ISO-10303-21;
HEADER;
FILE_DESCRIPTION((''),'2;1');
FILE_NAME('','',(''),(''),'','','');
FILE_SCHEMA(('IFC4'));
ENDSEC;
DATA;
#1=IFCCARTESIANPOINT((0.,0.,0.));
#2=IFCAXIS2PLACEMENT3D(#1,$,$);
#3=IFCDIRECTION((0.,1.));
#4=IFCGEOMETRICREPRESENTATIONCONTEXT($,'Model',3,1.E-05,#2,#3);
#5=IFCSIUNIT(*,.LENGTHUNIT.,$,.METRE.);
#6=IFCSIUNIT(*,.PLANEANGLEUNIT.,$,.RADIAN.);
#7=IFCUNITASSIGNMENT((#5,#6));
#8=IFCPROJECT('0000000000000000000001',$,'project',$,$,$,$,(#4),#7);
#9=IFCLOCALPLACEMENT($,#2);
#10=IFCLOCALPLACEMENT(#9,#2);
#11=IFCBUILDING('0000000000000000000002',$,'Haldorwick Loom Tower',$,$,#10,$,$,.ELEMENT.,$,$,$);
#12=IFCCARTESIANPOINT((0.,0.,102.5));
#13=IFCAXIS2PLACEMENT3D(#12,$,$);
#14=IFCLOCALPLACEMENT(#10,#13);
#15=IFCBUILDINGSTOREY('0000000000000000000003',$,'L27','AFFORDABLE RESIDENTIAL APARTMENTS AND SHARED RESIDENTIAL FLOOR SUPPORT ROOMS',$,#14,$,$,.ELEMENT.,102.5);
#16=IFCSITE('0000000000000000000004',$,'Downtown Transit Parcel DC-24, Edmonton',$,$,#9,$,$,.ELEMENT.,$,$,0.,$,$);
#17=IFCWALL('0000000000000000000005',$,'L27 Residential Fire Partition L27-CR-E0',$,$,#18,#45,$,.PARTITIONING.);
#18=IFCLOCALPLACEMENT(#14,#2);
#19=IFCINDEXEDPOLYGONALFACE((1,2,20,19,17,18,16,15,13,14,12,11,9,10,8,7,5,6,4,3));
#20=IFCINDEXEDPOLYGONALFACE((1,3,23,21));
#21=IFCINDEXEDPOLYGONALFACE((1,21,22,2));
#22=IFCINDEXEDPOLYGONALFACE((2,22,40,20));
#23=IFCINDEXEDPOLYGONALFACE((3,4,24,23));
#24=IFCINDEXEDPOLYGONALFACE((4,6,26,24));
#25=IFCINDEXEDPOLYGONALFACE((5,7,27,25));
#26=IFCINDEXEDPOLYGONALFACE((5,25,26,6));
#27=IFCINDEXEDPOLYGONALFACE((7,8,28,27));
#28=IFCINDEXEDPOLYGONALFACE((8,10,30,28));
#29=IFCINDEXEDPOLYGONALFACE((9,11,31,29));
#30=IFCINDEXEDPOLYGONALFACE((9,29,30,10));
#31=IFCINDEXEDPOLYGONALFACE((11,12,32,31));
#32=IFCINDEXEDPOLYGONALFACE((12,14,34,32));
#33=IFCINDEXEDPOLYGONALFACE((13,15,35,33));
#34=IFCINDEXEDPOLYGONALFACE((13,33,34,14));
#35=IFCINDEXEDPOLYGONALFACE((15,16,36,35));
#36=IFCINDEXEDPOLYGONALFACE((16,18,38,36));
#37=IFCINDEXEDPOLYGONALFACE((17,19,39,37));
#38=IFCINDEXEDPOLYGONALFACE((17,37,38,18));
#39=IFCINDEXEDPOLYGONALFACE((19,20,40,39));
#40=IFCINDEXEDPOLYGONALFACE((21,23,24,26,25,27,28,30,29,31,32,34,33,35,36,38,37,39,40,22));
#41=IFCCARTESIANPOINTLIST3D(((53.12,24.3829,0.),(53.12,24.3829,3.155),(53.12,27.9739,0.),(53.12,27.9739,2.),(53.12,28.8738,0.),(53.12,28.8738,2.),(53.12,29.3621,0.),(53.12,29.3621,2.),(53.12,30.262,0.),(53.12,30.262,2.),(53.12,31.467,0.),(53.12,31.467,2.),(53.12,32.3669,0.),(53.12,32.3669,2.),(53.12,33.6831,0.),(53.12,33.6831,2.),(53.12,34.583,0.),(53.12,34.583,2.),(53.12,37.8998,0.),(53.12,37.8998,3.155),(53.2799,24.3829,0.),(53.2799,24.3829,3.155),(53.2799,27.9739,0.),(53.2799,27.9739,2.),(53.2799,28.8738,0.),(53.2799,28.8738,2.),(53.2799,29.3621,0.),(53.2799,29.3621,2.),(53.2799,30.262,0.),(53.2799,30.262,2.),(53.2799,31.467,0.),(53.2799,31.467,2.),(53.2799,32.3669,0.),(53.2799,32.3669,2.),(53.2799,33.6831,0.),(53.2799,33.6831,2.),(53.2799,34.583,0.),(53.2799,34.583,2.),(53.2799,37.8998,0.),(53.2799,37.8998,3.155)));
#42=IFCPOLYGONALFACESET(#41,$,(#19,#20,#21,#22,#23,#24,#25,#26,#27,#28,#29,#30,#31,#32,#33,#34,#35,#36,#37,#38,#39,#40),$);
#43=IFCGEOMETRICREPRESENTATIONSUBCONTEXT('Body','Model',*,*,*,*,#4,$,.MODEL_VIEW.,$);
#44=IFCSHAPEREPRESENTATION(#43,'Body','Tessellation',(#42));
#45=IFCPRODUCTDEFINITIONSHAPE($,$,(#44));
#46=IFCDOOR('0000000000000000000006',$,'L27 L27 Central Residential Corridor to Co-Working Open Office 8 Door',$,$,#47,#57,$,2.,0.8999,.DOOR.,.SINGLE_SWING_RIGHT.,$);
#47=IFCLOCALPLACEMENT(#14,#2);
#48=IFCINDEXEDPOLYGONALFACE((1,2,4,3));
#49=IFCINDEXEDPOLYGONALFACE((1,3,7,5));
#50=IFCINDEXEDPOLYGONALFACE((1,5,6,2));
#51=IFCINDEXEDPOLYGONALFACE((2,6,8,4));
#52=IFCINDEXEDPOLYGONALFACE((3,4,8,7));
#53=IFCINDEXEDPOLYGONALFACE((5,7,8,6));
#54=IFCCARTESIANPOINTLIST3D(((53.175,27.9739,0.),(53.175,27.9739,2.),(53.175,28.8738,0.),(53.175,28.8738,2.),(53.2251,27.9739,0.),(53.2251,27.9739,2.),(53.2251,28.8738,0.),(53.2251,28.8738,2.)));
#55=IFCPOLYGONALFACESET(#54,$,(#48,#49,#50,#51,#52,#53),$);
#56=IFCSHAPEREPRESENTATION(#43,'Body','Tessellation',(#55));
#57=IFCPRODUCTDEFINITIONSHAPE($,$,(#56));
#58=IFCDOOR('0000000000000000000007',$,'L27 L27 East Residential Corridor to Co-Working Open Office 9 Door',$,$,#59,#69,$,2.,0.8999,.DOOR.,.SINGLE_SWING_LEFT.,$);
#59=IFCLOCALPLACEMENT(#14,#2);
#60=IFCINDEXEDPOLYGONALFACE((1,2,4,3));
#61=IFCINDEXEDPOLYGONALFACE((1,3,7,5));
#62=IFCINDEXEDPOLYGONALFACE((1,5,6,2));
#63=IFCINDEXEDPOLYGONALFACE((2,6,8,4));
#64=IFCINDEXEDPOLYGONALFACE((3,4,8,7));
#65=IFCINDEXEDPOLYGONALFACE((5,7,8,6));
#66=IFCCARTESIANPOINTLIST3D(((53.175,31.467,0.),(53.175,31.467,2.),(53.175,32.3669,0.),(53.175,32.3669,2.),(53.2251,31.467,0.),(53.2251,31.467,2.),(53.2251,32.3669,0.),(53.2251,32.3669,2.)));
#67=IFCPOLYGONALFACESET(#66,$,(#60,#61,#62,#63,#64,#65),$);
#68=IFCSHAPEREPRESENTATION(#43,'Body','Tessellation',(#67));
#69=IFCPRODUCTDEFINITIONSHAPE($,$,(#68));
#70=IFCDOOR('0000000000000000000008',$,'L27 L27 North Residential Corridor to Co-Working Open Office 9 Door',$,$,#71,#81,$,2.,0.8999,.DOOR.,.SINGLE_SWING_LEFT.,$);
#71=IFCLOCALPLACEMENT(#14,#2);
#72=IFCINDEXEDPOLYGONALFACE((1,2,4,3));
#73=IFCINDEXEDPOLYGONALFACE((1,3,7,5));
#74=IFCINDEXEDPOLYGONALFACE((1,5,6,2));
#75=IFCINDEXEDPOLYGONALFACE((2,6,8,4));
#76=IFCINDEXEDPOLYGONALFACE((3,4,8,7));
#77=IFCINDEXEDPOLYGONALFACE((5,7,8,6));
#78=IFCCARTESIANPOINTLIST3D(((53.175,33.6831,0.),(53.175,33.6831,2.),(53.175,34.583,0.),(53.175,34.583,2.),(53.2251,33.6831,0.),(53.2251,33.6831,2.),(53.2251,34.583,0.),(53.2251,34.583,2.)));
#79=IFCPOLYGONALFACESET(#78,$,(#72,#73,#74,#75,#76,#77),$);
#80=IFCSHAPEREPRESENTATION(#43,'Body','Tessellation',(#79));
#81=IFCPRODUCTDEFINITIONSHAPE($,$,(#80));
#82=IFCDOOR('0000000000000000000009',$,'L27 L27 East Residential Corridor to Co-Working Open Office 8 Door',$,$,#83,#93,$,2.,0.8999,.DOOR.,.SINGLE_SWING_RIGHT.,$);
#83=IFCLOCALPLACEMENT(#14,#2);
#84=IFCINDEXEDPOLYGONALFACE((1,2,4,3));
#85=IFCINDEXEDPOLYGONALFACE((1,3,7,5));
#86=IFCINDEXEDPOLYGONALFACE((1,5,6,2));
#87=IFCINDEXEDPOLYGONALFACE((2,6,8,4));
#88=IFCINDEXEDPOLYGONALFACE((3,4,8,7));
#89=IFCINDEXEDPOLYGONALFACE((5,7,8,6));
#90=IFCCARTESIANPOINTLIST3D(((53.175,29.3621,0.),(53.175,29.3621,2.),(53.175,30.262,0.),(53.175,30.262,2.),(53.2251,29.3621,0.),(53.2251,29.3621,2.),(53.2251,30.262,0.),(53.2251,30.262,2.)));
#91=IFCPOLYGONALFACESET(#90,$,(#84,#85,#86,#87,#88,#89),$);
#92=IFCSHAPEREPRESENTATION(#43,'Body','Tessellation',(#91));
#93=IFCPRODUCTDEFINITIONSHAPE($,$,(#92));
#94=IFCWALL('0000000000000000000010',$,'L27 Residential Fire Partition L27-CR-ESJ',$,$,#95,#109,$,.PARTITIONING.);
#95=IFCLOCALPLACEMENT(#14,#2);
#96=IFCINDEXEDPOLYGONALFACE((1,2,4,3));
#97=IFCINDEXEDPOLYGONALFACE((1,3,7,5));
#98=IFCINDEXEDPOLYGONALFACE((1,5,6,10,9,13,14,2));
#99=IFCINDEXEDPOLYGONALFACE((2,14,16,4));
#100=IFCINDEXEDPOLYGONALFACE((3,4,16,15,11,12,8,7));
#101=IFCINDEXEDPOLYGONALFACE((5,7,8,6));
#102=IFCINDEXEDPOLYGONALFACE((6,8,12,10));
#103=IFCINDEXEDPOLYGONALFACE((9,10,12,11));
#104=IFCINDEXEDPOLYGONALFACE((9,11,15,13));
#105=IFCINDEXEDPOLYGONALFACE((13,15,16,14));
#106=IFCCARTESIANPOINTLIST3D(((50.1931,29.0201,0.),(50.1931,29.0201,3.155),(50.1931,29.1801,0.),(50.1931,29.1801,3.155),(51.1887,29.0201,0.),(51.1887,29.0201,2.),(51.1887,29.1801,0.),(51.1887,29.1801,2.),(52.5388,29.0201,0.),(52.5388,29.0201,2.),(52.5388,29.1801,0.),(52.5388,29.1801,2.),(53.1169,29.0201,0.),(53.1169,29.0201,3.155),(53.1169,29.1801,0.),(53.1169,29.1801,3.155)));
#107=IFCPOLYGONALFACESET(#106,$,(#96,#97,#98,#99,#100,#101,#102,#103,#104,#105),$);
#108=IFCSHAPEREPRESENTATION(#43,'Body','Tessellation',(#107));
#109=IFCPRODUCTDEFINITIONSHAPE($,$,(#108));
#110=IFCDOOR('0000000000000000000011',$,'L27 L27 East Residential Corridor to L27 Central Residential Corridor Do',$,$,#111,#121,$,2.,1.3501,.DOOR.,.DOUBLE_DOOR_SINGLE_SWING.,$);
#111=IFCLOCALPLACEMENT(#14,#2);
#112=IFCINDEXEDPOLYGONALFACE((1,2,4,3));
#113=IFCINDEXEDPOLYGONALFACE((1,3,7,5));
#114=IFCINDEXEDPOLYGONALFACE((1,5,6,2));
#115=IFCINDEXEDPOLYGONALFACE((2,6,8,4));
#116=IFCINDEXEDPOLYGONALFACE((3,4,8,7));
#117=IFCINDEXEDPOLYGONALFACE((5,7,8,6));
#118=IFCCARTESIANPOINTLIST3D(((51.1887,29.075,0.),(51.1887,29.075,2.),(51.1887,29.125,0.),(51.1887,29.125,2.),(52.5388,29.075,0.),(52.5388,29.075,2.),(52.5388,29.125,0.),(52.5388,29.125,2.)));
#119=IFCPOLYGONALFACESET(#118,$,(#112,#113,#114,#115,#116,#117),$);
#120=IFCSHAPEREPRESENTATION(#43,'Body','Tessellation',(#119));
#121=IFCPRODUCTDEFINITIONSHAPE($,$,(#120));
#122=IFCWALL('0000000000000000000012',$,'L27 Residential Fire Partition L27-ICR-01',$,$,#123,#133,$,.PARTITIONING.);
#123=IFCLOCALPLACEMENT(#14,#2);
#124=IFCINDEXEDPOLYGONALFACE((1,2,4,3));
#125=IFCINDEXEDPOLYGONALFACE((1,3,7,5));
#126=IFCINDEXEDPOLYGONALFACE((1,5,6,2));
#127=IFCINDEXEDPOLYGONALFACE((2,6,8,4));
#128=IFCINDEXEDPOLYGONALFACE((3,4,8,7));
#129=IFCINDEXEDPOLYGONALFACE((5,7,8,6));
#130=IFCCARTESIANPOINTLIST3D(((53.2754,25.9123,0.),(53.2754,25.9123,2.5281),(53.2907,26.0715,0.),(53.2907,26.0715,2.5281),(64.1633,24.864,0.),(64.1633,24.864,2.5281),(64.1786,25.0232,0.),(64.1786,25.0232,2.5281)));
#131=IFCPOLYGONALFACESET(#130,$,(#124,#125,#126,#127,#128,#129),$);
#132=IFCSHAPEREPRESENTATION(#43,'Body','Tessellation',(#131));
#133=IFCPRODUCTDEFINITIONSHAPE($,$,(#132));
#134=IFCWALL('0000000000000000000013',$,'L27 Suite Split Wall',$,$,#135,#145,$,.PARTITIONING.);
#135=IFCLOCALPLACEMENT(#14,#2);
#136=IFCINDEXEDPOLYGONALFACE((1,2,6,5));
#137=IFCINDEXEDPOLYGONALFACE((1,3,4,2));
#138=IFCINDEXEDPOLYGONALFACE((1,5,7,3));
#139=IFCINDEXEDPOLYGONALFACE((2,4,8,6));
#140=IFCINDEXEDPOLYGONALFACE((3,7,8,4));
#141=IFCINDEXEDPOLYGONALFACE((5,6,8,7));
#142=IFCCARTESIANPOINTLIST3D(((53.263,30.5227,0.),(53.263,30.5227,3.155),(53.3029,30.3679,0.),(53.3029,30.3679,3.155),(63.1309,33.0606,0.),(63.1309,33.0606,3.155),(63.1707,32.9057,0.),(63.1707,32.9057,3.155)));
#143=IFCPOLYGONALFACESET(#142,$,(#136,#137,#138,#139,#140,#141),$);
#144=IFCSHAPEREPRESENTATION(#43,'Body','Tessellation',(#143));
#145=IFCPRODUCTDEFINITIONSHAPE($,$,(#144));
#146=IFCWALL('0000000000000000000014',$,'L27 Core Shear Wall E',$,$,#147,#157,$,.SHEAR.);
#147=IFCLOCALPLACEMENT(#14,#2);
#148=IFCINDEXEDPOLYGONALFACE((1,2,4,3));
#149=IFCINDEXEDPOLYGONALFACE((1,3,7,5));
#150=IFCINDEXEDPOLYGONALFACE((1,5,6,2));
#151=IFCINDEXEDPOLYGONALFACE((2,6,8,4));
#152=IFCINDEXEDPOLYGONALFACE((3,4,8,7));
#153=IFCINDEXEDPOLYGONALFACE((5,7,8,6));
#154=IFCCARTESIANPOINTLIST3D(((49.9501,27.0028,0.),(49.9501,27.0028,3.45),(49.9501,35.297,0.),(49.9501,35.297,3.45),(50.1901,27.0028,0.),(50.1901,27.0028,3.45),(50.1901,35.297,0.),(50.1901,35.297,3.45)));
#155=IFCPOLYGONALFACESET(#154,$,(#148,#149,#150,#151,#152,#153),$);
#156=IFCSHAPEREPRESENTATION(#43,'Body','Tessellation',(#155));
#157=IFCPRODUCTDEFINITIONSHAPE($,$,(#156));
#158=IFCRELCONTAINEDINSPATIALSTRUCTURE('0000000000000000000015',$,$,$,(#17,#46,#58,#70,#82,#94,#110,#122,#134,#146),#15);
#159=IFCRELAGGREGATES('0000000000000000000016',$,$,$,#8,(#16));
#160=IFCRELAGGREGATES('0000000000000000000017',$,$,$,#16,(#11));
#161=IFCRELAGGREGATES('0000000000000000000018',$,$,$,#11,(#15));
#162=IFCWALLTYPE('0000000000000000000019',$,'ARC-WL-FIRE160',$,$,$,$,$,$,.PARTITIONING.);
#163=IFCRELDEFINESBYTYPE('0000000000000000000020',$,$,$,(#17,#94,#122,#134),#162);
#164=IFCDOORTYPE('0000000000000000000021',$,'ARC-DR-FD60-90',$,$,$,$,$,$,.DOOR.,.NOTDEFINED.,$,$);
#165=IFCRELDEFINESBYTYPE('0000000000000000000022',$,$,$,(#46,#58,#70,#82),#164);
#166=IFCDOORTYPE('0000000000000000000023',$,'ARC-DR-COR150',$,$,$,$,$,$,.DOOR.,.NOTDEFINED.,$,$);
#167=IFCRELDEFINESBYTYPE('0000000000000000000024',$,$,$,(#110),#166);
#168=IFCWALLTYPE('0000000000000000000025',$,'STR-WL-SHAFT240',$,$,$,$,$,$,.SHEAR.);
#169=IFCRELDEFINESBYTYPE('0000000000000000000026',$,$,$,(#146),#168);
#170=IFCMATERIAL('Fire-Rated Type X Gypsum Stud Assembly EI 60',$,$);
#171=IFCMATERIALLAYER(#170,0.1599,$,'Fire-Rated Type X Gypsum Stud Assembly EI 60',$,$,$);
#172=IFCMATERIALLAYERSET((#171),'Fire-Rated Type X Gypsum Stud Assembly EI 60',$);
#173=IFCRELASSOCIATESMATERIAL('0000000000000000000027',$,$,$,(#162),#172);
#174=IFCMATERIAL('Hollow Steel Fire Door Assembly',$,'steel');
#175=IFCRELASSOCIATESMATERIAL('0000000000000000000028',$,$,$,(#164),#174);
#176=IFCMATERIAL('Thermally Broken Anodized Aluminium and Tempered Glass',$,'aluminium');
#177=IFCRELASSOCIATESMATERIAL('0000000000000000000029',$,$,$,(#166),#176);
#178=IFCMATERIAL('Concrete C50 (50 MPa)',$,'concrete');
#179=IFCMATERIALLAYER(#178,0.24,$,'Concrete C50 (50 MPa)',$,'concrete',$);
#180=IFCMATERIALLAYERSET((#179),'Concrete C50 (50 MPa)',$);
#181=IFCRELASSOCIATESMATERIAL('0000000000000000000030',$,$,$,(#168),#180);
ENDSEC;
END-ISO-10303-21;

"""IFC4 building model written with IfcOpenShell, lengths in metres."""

from ifc_helpers import new_model, si_unit, direction, frame, frame_2d, origin, place, context, subcontext, project, spatial, rectangle, extrude, material, layer, layer_set, type_object, element, fill, save


model = new_model("IFC4")

# Units and contexts
model_context = context("Model", 3, precision=1e-05, world=origin(), true_north=direction((0.0, 1.0)))
body_context = subcontext(model_context, "Body", "Model", "MODEL_VIEW")
ifc_project = project(units=[si_unit("LENGTHUNIT", "METRE"), si_unit("PLANEANGLEUNIT", "RADIAN")], contexts=[model_context])

# Site, building, storey
site_placement = place(None, origin())
site = spatial("IfcSite", under=ifc_project, at=site_placement, Name="Downtown Transit Parcel DC-24, Edmonton", CompositionType="ELEMENT", RefElevation=0.0)
building_placement = place(site_placement, origin())
building = spatial("IfcBuilding", under=site, at=building_placement, Name="Haldorwick Loom Tower", CompositionType="ELEMENT")
storey_placement = place(building_placement, frame((0.0, 0.0, 102.5)))
storey = spatial("IfcBuildingStorey", under=building, at=storey_placement, Name="L27", Description="AFFORDABLE RESIDENTIAL APARTMENTS AND SHARED RESIDENTIAL FLOOR SUPPORT ROOMS", CompositionType="ELEMENT", Elevation=102.5)

# Wall, openings, doors
ifc_material_1 = material(Name="Fire-Rated Type X Gypsum Stud Assembly EI 60")
ifc_layer_1 = layer(ifc_material_1, 0.1599, Name="Fire-Rated Type X Gypsum Stud Assembly EI 60")
ifc_layer_set_1 = layer_set([ifc_layer_1], Name="Fire-Rated Type X Gypsum Stud Assembly EI 60")
wall_type_1 = type_object("IfcWallType", Name="ARC-WL-FIRE160", PredefinedType="PARTITIONING", material=ifc_layer_set_1)
wall_1_placement = place(storey_placement, frame((53.2, 24.3831, 0.0), z_axis=(0.0, 0.0, 1.0), x_axis=(0.0, 1.0, 0.0)))
wall_1 = element("IfcWall", 1, at=wall_1_placement, inside=storey, type_object=wall_type_1, Name="L27 Residential Fire Partition L27-CR-E0", PredefinedType="PARTITIONING", context=body_context, shape_type="SweptSolid", body=[
    extrude(rectangle(XDim=13.5168, YDim=0.1599, at=frame_2d((6.7583, 0.0))), origin(), (0.0, 0.0, 1.0), 3.155),
])
opening_1_placement = place(wall_1_placement, frame((3.5908, 0.0, 0.0)))
opening_1 = element("IfcOpeningElement", 2, at=opening_1_placement, cuts=wall_1, PredefinedType="OPENING", context=body_context, shape_type="SweptSolid", body=[
    extrude(rectangle(XDim=0.8999, YDim=2.0, at=frame_2d((0.45, 1.0))), frame((0.0, 0.0898, 0.0), z_axis=(0.0, -1.0, 0.0), x_axis=(1.0, 0.0, 0.0)), (0.0, 0.0, 1.0), 0.1799),
])
opening_2_placement = place(wall_1_placement, frame((7.084, 0.0, 0.0)))
opening_2 = element("IfcOpeningElement", 3, at=opening_2_placement, cuts=wall_1, PredefinedType="OPENING", context=body_context, shape_type="SweptSolid", body=[
    extrude(rectangle(XDim=0.8999, YDim=2.0, at=frame_2d((0.45, 1.0))), frame((0.0, 0.0898, 0.0), z_axis=(0.0, -1.0, 0.0), x_axis=(1.0, 0.0, 0.0)), (0.0, 0.0, 1.0), 0.1799),
])
opening_3_placement = place(wall_1_placement, frame((9.3, 0.0, 0.0)))
opening_3 = element("IfcOpeningElement", 4, at=opening_3_placement, cuts=wall_1, PredefinedType="OPENING", context=body_context, shape_type="SweptSolid", body=[
    extrude(rectangle(XDim=0.8999, YDim=2.0, at=frame_2d((0.45, 1.0))), frame((0.0, 0.0898, 0.0), z_axis=(0.0, -1.0, 0.0), x_axis=(1.0, 0.0, 0.0)), (0.0, 0.0, 1.0), 0.1799),
])
opening_4_placement = place(wall_1_placement, frame((4.979, 0.0, 0.0)))
opening_4 = element("IfcOpeningElement", 5, at=opening_4_placement, cuts=wall_1, PredefinedType="OPENING", context=body_context, shape_type="SweptSolid", body=[
    extrude(rectangle(XDim=0.8999, YDim=2.0, at=frame_2d((0.45, 1.0))), frame((0.0, 0.0898, 0.0), z_axis=(0.0, -1.0, 0.0), x_axis=(1.0, 0.0, 0.0)), (0.0, 0.0, 1.0), 0.1799),
])
ifc_material_2 = material(Name="Hollow Steel Fire Door Assembly", Category="steel")
door_type_1 = type_object("IfcDoorType", Name="ARC-DR-FD60-90", OperationType="NOTDEFINED", PredefinedType="DOOR", material=ifc_material_2)
door_1_placement = place(opening_1_placement, origin())
door_1 = element("IfcDoor", 6, at=door_1_placement, inside=storey, type_object=door_type_1, Name="L27 L27 Central Residential Corridor to Co-Working Open Office 8 Door", OperationType="SINGLE_SWING_RIGHT", OverallHeight=2.0, OverallWidth=0.8999, PredefinedType="DOOR", context=body_context, shape_type="SweptSolid", body=[
    extrude(rectangle(XDim=0.8999, YDim=2.0, at=frame_2d((0.45, 1.0))), frame((0.0, 0.0249, 0.0), z_axis=(0.0, -1.0, 0.0), x_axis=(1.0, 0.0, 0.0)), (0.0, 0.0, 1.0), 0.05),
])
fill(opening_1, door_1)
door_2_placement = place(opening_2_placement, origin())
door_2 = element("IfcDoor", 7, at=door_2_placement, inside=storey, type_object=door_type_1, Name="L27 L27 East Residential Corridor to Co-Working Open Office 9 Door", OperationType="SINGLE_SWING_LEFT", OverallHeight=2.0, OverallWidth=0.8999, PredefinedType="DOOR", context=body_context, shape_type="SweptSolid", body=[
    extrude(rectangle(XDim=0.8999, YDim=2.0, at=frame_2d((0.45, 1.0))), frame((0.0, 0.0249, 0.0), z_axis=(0.0, -1.0, 0.0), x_axis=(1.0, 0.0, 0.0)), (0.0, 0.0, 1.0), 0.05),
])
fill(opening_2, door_2)
door_3_placement = place(opening_3_placement, origin())
door_3 = element("IfcDoor", 8, at=door_3_placement, inside=storey, type_object=door_type_1, Name="L27 L27 North Residential Corridor to Co-Working Open Office 9 Door", OperationType="SINGLE_SWING_LEFT", OverallHeight=2.0, OverallWidth=0.8999, PredefinedType="DOOR", context=body_context, shape_type="SweptSolid", body=[
    extrude(rectangle(XDim=0.8999, YDim=2.0, at=frame_2d((0.45, 1.0))), frame((0.0, 0.0249, 0.0), z_axis=(0.0, -1.0, 0.0), x_axis=(1.0, 0.0, 0.0)), (0.0, 0.0, 1.0), 0.05),
])
fill(opening_3, door_3)
door_4_placement = place(opening_4_placement, origin())
door_4 = element("IfcDoor", 9, at=door_4_placement, inside=storey, type_object=door_type_1, Name="L27 L27 East Residential Corridor to Co-Working Open Office 8 Door", OperationType="SINGLE_SWING_RIGHT", OverallHeight=2.0, OverallWidth=0.8999, PredefinedType="DOOR", context=body_context, shape_type="SweptSolid", body=[
    extrude(rectangle(XDim=0.8999, YDim=2.0, at=frame_2d((0.45, 1.0))), frame((0.0, 0.0249, 0.0), z_axis=(0.0, -1.0, 0.0), x_axis=(1.0, 0.0, 0.0)), (0.0, 0.0, 1.0), 0.05),
])
fill(opening_4, door_4)

# Wall, opening, door
wall_2_placement = place(storey_placement, frame((50.1931, 29.1001, 0.0), z_axis=(0.0, 0.0, 1.0), x_axis=(1.0, 0.0, 0.0)))
wall_2 = element("IfcWall", 10, at=wall_2_placement, inside=storey, type_object=wall_type_1, Name="L27 Residential Fire Partition L27-CR-ESJ", PredefinedType="PARTITIONING", context=body_context, shape_type="SweptSolid", body=[
    extrude(rectangle(XDim=2.9238, YDim=0.1599, at=frame_2d((1.4619, 0.0))), origin(), (0.0, 0.0, 1.0), 3.155),
])
opening_5_placement = place(wall_2_placement, frame((0.9956, 0.0, 0.0)))
opening_5 = element("IfcOpeningElement", 11, at=opening_5_placement, cuts=wall_2, PredefinedType="OPENING", context=body_context, shape_type="SweptSolid", body=[
    extrude(rectangle(XDim=1.3501, YDim=2.0, at=frame_2d((0.675, 1.0))), frame((0.0, 0.0898, 0.0), z_axis=(0.0, -1.0, 0.0), x_axis=(1.0, 0.0, 0.0)), (0.0, 0.0, 1.0), 0.1799),
])
ifc_material_3 = material(Name="Thermally Broken Anodized Aluminium and Tempered Glass", Category="aluminium")
door_type_2 = type_object("IfcDoorType", Name="ARC-DR-COR150", OperationType="NOTDEFINED", PredefinedType="DOOR", material=ifc_material_3)
door_5_placement = place(opening_5_placement, origin())
door_5 = element("IfcDoor", 12, at=door_5_placement, inside=storey, type_object=door_type_2, Name="L27 L27 East Residential Corridor to L27 Central Residential Corridor Do", OperationType="DOUBLE_DOOR_SINGLE_SWING", OverallHeight=2.0, OverallWidth=1.3501, PredefinedType="DOOR", context=body_context, shape_type="SweptSolid", body=[
    extrude(rectangle(XDim=1.3501, YDim=2.0, at=frame_2d((0.675, 1.0))), frame((0.0, 0.0249, 0.0), z_axis=(0.0, -1.0, 0.0), x_axis=(1.0, 0.0, 0.0)), (0.0, 0.0, 1.0), 0.05),
])
fill(opening_5, door_5)

# Walls
wall_3_placement = place(storey_placement, frame((53.283, 25.9919, 0.0), z_axis=(0.0, 0.0, 1.0), x_axis=(0.995397, -0.095841, 0.0)))
element("IfcWall", 13, at=wall_3_placement, inside=storey, type_object=wall_type_1, Name="L27 Residential Fire Partition L27-ICR-01", PredefinedType="PARTITIONING", context=body_context, shape_type="SweptSolid", body=[
    extrude(rectangle(XDim=10.9382, YDim=0.1599, at=frame_2d((5.4692, 0.0))), origin(), (0.0, 0.0, 1.0), 2.5281),
])
wall_4_placement = place(storey_placement, frame((53.283, 30.4453, 0.0), z_axis=(0.0, 0.0, 1.0), x_axis=(0.968484, 0.249076, 0.0)))
element("IfcWall", 14, at=wall_4_placement, inside=storey, type_object=wall_type_1, Name="L27 Suite Split Wall", PredefinedType="PARTITIONING", context=body_context, shape_type="SweptSolid", body=[
    extrude(rectangle(XDim=10.189, YDim=0.1599, at=frame_2d((5.0945, 0.0))), origin(), (0.0, 0.0, 1.0), 3.155),
])
ifc_material_4 = material(Name="Concrete C50 (50 MPa)", Category="concrete")
ifc_layer_2 = layer(ifc_material_4, 0.24, Name="Concrete C50 (50 MPa)", Category="concrete")
ifc_layer_set_2 = layer_set([ifc_layer_2], Name="Concrete C50 (50 MPa)")
wall_type_2 = type_object("IfcWallType", Name="STR-WL-SHAFT240", PredefinedType="SHEAR", material=ifc_layer_set_2)
wall_5_placement = place(storey_placement, frame((50.0701, 27.0029, 0.0), z_axis=(0.0, 0.0, 1.0), x_axis=(0.0, 1.0, 0.0)))
element("IfcWall", 15, at=wall_5_placement, inside=storey, type_object=wall_type_2, Name="L27 Core Shear Wall E", PredefinedType="SHEAR", context=body_context, shape_type="SweptSolid", body=[
    extrude(rectangle(XDim=8.2942, YDim=0.24, at=frame_2d((4.147, 0.0))), origin(), (0.0, 0.0, 1.0), 3.45),
])

save(model, "model.ifc")
